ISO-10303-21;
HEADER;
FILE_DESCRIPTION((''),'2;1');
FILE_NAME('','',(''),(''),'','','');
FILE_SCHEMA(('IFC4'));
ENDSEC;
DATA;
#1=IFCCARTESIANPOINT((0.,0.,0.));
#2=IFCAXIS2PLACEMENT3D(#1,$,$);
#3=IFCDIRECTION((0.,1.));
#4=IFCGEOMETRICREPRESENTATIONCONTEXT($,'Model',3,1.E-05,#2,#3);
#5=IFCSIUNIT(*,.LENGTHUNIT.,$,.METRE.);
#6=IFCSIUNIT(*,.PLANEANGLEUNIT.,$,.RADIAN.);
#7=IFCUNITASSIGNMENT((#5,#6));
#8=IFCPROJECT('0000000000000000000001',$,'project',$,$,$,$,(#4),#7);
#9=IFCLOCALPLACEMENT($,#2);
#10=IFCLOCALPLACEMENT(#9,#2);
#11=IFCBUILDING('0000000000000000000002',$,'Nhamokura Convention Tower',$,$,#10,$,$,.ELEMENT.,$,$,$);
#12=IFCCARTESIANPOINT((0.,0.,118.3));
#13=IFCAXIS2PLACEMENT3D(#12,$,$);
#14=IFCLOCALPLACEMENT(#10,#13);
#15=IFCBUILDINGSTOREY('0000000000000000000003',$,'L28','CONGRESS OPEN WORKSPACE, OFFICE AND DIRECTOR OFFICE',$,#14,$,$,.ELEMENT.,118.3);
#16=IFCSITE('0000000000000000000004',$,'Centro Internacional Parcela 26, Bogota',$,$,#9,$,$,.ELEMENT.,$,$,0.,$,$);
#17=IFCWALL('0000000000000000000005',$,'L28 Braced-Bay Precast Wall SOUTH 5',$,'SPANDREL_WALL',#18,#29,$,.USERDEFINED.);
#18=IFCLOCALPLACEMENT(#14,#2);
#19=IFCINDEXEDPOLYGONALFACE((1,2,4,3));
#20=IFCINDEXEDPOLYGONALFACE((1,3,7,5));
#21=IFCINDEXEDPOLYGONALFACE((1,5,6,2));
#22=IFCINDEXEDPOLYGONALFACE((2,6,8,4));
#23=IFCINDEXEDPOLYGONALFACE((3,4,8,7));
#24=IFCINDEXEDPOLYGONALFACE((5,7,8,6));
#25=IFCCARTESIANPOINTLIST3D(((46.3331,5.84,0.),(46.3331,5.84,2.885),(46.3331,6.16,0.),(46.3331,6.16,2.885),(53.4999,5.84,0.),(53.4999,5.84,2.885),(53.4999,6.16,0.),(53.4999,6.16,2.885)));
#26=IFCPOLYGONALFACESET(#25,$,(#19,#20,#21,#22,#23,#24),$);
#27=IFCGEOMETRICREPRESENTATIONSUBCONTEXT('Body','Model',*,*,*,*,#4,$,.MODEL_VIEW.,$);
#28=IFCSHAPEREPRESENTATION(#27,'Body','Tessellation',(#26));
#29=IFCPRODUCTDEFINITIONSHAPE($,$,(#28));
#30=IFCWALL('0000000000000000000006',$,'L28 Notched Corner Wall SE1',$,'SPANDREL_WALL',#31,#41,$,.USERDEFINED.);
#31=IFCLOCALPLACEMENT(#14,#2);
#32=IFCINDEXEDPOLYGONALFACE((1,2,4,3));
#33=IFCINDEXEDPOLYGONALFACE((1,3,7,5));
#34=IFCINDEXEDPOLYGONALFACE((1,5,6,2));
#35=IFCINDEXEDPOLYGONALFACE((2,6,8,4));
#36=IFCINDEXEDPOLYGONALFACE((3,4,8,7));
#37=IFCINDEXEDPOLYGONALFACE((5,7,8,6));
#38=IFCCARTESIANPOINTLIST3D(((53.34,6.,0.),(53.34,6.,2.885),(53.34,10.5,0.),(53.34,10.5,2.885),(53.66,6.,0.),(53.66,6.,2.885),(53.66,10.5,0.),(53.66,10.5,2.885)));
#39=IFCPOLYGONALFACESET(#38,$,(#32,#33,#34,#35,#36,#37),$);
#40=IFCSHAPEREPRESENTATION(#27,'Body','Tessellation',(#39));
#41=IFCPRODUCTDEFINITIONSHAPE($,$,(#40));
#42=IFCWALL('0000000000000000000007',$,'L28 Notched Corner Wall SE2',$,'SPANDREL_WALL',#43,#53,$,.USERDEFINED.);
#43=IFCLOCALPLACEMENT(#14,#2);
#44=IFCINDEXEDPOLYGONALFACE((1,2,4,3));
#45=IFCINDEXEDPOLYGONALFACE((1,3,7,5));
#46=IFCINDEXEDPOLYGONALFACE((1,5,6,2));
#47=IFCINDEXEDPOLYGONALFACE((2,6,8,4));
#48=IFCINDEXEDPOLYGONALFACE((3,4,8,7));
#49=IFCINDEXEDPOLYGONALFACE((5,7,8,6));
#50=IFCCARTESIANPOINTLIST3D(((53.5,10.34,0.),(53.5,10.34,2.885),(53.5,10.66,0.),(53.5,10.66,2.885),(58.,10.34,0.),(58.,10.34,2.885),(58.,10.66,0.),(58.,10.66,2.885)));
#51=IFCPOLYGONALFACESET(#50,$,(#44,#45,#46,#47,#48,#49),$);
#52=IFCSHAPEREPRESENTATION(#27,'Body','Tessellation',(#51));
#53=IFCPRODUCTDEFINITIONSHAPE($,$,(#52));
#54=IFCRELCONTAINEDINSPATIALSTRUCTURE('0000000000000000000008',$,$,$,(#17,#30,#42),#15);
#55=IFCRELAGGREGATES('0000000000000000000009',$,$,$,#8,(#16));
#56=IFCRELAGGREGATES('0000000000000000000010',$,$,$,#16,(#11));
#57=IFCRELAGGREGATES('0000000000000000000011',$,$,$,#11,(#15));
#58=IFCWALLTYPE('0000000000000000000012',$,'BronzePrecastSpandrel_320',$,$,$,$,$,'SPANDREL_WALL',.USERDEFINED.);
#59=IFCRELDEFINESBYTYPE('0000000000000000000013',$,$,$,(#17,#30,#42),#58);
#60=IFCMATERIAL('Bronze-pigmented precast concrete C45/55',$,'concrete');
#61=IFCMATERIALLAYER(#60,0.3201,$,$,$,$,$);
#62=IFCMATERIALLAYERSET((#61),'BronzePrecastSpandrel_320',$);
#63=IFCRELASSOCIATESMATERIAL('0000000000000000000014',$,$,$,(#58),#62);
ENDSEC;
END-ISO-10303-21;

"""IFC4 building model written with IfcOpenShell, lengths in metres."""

from ifc_helpers import new_model, si_unit, direction, frame, frame_2d, origin, place, context, subcontext, project, spatial, rectangle, extrude, material, layer, layer_set, type_object, element, save


model = new_model("IFC4")

# Units and contexts
model_context = context("Model", 3, precision=1e-05, world=origin(), true_north=direction((0.0, 1.0)))
body_context = subcontext(model_context, "Body", "Model", "MODEL_VIEW")
ifc_project = project(units=[si_unit("LENGTHUNIT", "METRE"), si_unit("PLANEANGLEUNIT", "RADIAN")], contexts=[model_context])

# Site, building, storey
site_placement = place(None, origin())
site = spatial("IfcSite", under=ifc_project, at=site_placement, Name="Centro Internacional Parcela 26, Bogota", CompositionType="ELEMENT", RefElevation=0.0)
building_placement = place(site_placement, origin())
building = spatial("IfcBuilding", under=site, at=building_placement, Name="Nhamokura Convention Tower", CompositionType="ELEMENT")
storey_placement = place(building_placement, frame((0.0, 0.0, 118.3)))
storey = spatial("IfcBuildingStorey", under=building, at=storey_placement, Name="L28", Description="CONGRESS OPEN WORKSPACE, OFFICE AND DIRECTOR OFFICE", CompositionType="ELEMENT", Elevation=118.3)

# Shared definitions
ifc_material_1 = material(Name="Bronze-pigmented precast concrete C45/55", Category="concrete")
ifc_layer = layer(ifc_material_1, 0.3201)
ifc_layer_set = layer_set([ifc_layer], Name="BronzePrecastSpandrel_320")
wall_type = type_object("IfcWallType", Name="BronzePrecastSpandrel_320", ElementType="SPANDREL_WALL", PredefinedType="USERDEFINED", material=ifc_layer_set)

# Walls
wall_1_placement = place(storey_placement, frame((53.5, 6.0, 0.0), z_axis=(0.0, 0.0, 1.0), x_axis=(-1.0, 0.0, 0.0)))
element("IfcWall", 1, at=wall_1_placement, inside=storey, type_object=wall_type, Name="L28 Braced-Bay Precast Wall SOUTH 5", ObjectType="SPANDREL_WALL", PredefinedType="USERDEFINED", context=body_context, shape_type="SweptSolid", body=[
    extrude(rectangle(XDim=7.1667, YDim=0.3201, at=frame_2d((3.5835, 0.0))), origin(), (0.0, 0.0, 1.0), 2.885),
])
for number, where, z_axis, x_axis, name in (
    (2, (53.5, 10.5, 0.0), (0.0, 0.0, 1.0), (0.0, -1.0, 0.0), "L28 Notched Corner Wall SE1"),
    (3, (58.0, 10.5, 0.0), (0.0, 0.0, 1.0), (-1.0, 0.0, 0.0), "L28 Notched Corner Wall SE2"),
):
    element("IfcWall", number, at=place(storey_placement, frame(where, z_axis=z_axis, x_axis=x_axis)), inside=storey, type_object=wall_type, Name=name, ObjectType="SPANDREL_WALL", PredefinedType="USERDEFINED", context=body_context, shape_type="SweptSolid", body=[
        extrude(rectangle(XDim=4.5, YDim=0.3201, at=frame_2d((2.25, 0.0))), origin(), (0.0, 0.0, 1.0), 2.885),
    ])

save(model, "model.ifc")
